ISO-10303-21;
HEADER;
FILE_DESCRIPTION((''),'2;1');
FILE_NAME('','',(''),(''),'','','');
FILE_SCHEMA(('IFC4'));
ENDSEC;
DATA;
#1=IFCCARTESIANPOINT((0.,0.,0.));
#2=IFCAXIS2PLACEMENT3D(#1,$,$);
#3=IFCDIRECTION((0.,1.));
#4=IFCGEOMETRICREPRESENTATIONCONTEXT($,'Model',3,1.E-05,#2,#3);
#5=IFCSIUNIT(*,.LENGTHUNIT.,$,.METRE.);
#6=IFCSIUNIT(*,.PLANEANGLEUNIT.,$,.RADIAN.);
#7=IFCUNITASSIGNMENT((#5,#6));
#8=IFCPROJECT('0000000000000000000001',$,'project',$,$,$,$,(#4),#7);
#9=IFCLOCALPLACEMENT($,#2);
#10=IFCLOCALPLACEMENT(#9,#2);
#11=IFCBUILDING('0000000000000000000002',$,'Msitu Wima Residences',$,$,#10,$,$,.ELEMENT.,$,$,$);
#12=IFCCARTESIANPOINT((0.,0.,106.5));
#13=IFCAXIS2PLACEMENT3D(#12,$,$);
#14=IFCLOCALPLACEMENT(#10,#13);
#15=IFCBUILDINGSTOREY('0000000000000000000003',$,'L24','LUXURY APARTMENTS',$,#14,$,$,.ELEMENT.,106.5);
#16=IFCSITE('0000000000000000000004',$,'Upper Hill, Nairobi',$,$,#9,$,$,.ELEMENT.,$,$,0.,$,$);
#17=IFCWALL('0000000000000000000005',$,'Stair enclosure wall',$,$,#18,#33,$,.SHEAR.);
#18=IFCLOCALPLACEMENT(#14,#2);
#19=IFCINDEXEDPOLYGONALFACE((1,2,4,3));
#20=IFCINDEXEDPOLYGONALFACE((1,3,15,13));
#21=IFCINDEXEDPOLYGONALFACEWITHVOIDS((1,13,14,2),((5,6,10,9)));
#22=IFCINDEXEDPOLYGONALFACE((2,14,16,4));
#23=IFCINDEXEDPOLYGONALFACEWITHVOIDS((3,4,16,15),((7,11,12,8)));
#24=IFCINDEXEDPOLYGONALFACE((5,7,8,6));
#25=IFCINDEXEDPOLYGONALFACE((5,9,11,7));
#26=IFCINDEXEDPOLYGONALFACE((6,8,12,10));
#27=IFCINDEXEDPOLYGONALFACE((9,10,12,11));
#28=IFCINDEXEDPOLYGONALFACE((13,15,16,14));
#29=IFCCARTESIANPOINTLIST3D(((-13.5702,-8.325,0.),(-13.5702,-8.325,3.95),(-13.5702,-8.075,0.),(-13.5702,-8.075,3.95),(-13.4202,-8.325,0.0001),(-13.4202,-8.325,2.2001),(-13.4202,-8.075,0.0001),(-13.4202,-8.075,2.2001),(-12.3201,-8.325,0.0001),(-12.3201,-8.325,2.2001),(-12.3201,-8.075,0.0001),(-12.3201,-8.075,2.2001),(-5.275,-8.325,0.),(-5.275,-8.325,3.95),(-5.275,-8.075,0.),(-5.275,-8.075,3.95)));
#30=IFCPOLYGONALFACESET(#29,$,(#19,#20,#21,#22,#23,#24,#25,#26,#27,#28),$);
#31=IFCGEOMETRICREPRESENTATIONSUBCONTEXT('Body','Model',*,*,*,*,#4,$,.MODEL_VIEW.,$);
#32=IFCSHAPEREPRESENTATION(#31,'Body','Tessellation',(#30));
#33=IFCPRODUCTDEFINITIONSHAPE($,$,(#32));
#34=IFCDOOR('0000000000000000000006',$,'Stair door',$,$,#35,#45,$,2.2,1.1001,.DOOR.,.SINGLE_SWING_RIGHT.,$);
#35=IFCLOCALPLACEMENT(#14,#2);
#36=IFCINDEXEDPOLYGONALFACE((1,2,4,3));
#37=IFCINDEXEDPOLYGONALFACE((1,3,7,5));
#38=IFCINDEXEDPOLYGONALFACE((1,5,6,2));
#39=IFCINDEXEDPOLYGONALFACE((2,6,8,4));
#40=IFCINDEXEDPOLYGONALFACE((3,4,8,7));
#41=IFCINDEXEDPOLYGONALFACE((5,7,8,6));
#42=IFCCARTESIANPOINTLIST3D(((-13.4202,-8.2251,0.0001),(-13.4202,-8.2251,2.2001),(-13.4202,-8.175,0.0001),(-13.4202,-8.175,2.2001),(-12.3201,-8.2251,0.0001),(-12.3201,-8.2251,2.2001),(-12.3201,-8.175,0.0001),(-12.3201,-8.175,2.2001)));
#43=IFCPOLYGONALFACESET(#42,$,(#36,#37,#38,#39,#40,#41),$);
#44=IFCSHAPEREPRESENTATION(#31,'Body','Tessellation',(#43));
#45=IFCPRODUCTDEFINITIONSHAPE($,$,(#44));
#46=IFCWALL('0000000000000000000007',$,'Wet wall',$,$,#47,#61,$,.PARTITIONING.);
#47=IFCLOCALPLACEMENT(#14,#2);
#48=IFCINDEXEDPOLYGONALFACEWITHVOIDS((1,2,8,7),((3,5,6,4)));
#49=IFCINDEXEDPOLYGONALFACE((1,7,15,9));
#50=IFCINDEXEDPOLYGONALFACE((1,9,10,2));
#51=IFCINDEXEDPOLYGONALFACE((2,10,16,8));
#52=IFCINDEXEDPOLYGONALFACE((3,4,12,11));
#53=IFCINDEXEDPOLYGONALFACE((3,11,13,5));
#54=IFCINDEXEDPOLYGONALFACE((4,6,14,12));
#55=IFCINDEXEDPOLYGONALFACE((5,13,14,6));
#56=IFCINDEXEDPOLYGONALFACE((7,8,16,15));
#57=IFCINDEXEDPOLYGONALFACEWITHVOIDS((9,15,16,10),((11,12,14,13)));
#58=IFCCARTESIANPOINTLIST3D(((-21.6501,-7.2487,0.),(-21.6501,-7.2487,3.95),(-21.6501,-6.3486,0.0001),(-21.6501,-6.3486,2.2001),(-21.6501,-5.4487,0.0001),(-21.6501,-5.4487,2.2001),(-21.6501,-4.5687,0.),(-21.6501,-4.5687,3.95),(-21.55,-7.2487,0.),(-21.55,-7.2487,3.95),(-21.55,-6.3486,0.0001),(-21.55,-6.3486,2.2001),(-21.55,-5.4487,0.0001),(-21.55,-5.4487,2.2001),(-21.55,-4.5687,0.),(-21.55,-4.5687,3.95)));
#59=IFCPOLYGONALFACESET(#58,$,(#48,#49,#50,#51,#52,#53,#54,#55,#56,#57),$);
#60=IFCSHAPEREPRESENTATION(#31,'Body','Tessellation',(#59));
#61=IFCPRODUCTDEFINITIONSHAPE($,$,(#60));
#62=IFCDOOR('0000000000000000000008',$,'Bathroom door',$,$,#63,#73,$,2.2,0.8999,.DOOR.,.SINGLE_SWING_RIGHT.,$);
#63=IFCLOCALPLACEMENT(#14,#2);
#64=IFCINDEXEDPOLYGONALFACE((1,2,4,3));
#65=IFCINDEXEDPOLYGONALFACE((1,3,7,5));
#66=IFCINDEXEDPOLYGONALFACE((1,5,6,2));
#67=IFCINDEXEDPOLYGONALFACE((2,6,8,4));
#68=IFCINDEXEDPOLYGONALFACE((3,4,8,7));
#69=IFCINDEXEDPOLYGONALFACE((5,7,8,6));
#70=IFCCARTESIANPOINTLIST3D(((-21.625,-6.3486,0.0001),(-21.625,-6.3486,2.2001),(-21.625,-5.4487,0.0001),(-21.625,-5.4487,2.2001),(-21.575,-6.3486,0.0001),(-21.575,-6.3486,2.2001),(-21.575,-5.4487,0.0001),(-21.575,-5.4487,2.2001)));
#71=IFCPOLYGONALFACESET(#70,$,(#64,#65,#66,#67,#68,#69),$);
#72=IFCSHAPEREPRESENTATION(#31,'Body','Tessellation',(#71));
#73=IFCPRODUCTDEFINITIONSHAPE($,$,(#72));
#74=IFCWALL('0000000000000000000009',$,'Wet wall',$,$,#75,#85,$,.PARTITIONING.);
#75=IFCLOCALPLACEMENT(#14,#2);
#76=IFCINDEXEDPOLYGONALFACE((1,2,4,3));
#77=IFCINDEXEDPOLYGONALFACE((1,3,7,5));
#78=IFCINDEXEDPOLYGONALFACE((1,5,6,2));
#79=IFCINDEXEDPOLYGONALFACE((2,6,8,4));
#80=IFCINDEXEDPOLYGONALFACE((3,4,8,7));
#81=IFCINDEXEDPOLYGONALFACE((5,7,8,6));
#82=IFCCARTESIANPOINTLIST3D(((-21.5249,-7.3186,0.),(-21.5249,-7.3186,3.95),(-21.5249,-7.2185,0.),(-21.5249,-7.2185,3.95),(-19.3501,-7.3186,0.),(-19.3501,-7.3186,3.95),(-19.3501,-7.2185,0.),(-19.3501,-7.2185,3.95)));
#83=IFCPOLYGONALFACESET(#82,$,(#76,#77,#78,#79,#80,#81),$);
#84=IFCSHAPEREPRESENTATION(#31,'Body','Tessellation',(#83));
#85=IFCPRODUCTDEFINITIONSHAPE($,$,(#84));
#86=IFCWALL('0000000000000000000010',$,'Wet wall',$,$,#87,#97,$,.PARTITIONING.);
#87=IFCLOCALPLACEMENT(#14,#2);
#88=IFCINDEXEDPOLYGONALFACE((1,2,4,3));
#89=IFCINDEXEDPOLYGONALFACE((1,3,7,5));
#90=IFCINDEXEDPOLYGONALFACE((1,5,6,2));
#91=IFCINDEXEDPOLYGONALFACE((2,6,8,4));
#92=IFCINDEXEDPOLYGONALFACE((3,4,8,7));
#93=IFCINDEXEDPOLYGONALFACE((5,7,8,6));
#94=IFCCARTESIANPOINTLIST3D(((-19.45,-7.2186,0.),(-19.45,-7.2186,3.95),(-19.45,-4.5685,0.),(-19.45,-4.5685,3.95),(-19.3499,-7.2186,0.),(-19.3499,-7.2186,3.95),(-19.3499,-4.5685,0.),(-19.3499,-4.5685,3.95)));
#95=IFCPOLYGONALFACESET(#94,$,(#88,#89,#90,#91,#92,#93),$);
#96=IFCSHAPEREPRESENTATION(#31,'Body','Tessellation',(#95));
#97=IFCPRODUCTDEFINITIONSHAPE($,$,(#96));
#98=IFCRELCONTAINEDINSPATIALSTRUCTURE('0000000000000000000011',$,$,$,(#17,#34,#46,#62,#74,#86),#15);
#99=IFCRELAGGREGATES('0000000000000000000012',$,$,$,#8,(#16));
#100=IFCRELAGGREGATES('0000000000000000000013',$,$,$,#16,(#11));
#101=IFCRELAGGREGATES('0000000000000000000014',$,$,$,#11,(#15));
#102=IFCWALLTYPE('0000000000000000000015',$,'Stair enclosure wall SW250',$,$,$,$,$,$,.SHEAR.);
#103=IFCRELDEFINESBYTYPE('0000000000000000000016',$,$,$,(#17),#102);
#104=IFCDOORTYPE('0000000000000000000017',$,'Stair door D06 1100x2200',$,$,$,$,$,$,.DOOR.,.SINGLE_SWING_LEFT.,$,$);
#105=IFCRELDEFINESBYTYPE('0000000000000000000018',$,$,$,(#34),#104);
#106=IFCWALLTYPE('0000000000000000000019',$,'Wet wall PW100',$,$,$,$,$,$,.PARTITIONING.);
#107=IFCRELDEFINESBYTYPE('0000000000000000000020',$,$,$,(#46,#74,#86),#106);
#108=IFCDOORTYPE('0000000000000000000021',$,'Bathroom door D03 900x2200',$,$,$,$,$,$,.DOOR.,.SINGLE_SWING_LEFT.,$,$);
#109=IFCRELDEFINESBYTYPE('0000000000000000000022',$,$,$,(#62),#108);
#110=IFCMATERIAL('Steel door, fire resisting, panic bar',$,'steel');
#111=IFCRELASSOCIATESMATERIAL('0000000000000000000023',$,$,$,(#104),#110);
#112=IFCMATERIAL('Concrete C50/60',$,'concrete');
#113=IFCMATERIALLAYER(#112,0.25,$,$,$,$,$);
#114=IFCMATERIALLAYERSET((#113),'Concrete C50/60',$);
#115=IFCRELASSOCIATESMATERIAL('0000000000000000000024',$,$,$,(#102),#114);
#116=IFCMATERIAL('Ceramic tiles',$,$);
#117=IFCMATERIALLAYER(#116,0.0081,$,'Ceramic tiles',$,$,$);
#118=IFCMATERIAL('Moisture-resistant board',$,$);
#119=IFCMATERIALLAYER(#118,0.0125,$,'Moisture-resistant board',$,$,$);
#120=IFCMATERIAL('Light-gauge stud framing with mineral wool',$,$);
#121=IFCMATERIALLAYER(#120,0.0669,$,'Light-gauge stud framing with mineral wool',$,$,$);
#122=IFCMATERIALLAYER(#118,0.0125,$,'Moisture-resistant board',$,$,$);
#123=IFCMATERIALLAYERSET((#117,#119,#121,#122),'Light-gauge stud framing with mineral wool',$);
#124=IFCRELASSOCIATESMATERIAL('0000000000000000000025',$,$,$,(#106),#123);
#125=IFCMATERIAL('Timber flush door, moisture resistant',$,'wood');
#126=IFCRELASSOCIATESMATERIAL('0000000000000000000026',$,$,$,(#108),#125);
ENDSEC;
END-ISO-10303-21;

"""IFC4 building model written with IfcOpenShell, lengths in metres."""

from ifc_helpers import new_model, si_unit, direction, frame, frame_2d, origin, place, context, subcontext, project, spatial, rectangle, extrude, material, layer, layer_set, type_object, element, fill, save


model = new_model("IFC4")

# Units and contexts
model_context = context("Model", 3, precision=1e-05, world=origin(), true_north=direction((0.0, 1.0)))
body_context = subcontext(model_context, "Body", "Model", "MODEL_VIEW")
ifc_project = project(units=[si_unit("LENGTHUNIT", "METRE"), si_unit("PLANEANGLEUNIT", "RADIAN")], contexts=[model_context])

# Site, building, storey
site_placement = place(None, origin())
site = spatial("IfcSite", under=ifc_project, at=site_placement, Name="Upper Hill, Nairobi", CompositionType="ELEMENT", RefElevation=0.0)
building_placement = place(site_placement, origin())
building = spatial("IfcBuilding", under=site, at=building_placement, Name="Msitu Wima Residences", CompositionType="ELEMENT")
storey_placement = place(building_placement, frame((0.0, 0.0, 106.5)))
storey = spatial("IfcBuildingStorey", under=building, at=storey_placement, Name="L24", Description="LUXURY APARTMENTS", CompositionType="ELEMENT", Elevation=106.5)

# Shared definitions
ifc_material_1 = material(Name="Steel door, fire resisting, panic bar", Category="steel")
door_type_1 = type_object("IfcDoorType", Name="Stair door D06 1100x2200", OperationType="SINGLE_SWING_LEFT", PredefinedType="DOOR", material=ifc_material_1)

# Shared definitions
ifc_material_2 = material(Name="Light-gauge stud framing with mineral wool")

# Walls, openings, doors
ifc_material_3 = material(Name="Concrete C50/60", Category="concrete")
ifc_layer_1 = layer(ifc_material_3, 0.25)
ifc_layer_set_1 = layer_set([ifc_layer_1], Name="Concrete C50/60")
wall_type_1 = type_object("IfcWallType", Name="Stair enclosure wall SW250", PredefinedType="SHEAR", material=ifc_layer_set_1)
wall_1_placement = place(storey_placement, frame((-13.5701, -8.2, 0.0), z_axis=(0.0, 0.0, 1.0), x_axis=(1.0, 0.0, 0.0)))
wall_1 = element("IfcWall", 1, at=wall_1_placement, inside=storey, type_object=wall_type_1, Name="Stair enclosure wall", PredefinedType="SHEAR", context=body_context, shape_type="SweptSolid", body=[
    extrude(rectangle(XDim=8.2952, YDim=0.25, at=frame_2d((4.1475, 0.0))), origin(), (0.0, 0.0, 1.0), 3.95),
])
opening_1_placement = place(wall_1_placement, frame((0.1499, 0.0, 0.0)))
opening_1 = element("IfcOpeningElement", 2, at=opening_1_placement, cuts=wall_1, PredefinedType="OPENING", context=body_context, shape_type="SweptSolid", body=[
    extrude(rectangle(XDim=1.1001, YDim=2.2, at=frame_2d((0.55, 1.1001))), frame((0.0, 0.135, 0.0), z_axis=(0.0, -1.0, 0.0), x_axis=(1.0, 0.0, 0.0)), (0.0, 0.0, 1.0), 0.27),
])
door_1_placement = place(opening_1_placement, origin())
door_1 = element("IfcDoor", 3, at=door_1_placement, inside=storey, type_object=door_type_1, Name="Stair door", OperationType="SINGLE_SWING_RIGHT", OverallHeight=2.2, OverallWidth=1.1001, PredefinedType="DOOR", context=body_context, shape_type="SweptSolid", body=[
    extrude(rectangle(XDim=1.1001, YDim=2.2, at=frame_2d((0.55, 1.1001))), frame((0.0, 0.0249, 0.0), z_axis=(0.0, -1.0, 0.0), x_axis=(1.0, 0.0, 0.0)), (0.0, 0.0, 1.0), 0.05),
])
fill(opening_1, door_1)
ifc_material_4 = material(Name="Ceramic tiles")
ifc_layer_2 = layer(ifc_material_4, 0.0081, Name="Ceramic tiles")
ifc_material_5 = material(Name="Moisture-resistant board")
ifc_layer_3 = layer(ifc_material_5, 0.0125, Name="Moisture-resistant board")
ifc_layer_4 = layer(ifc_material_2, 0.0669, Name="Light-gauge stud framing with mineral wool")
ifc_layer_5 = layer(ifc_material_5, 0.0125, Name="Moisture-resistant board")
ifc_layer_set_2 = layer_set([ifc_layer_2, ifc_layer_3, ifc_layer_4, ifc_layer_5], Name="Light-gauge stud framing with mineral wool")
wall_type_2 = type_object("IfcWallType", Name="Wet wall PW100", PredefinedType="PARTITIONING", material=ifc_layer_set_2)
wall_2_placement = place(storey_placement, frame((-21.6001, -7.2485, 0.0), z_axis=(0.0, 0.0, 1.0), x_axis=(0.0, 1.0, 0.0)))
wall_2 = element("IfcWall", 4, at=wall_2_placement, inside=storey, type_object=wall_type_2, Name="Wet wall", PredefinedType="PARTITIONING", context=body_context, shape_type="SweptSolid", body=[
    extrude(rectangle(XDim=2.6799, YDim=0.1001, at=frame_2d((1.3398, 0.0))), origin(), (0.0, 0.0, 1.0), 3.95),
])
opening_2_placement = place(wall_2_placement, frame((0.8999, 0.0, 0.0)))
opening_2 = element("IfcOpeningElement", 5, at=opening_2_placement, cuts=wall_2, PredefinedType="OPENING", context=body_context, shape_type="SweptSolid", body=[
    extrude(rectangle(XDim=0.8999, YDim=2.2, at=frame_2d((0.45, 1.1001))), frame((0.0, 0.0601, 0.0), z_axis=(0.0, -1.0, 0.0), x_axis=(1.0, 0.0, 0.0)), (0.0, 0.0, 1.0), 0.1201),
])
ifc_material_6 = material(Name="Timber flush door, moisture resistant", Category="wood")
door_type_2 = type_object("IfcDoorType", Name="Bathroom door D03 900x2200", OperationType="SINGLE_SWING_LEFT", PredefinedType="DOOR", material=ifc_material_6)
door_2_placement = place(opening_2_placement, origin())
door_2 = element("IfcDoor", 6, at=door_2_placement, inside=storey, type_object=door_type_2, Name="Bathroom door", OperationType="SINGLE_SWING_RIGHT", OverallHeight=2.2, OverallWidth=0.8999, PredefinedType="DOOR", context=body_context, shape_type="SweptSolid", body=[
    extrude(rectangle(XDim=0.8999, YDim=2.2, at=frame_2d((0.45, 1.1001))), frame((0.0, 0.0249, 0.0), z_axis=(0.0, -1.0, 0.0), x_axis=(1.0, 0.0, 0.0)), (0.0, 0.0, 1.0), 0.05),
])
fill(opening_2, door_2)

# Walls
wall_3_placement = place(storey_placement, frame((-21.5249, -7.2686, 0.0), z_axis=(0.0, 0.0, 1.0), x_axis=(1.0, 0.0, 0.0)))
element("IfcWall", 7, at=wall_3_placement, inside=storey, type_object=wall_type_2, Name="Wet wall", PredefinedType="PARTITIONING", context=body_context, shape_type="SweptSolid", body=[
    extrude(rectangle(XDim=2.1748, YDim=0.1001, at=frame_2d((1.0874, 0.0))), origin(), (0.0, 0.0, 1.0), 3.95),
])
wall_4_placement = place(storey_placement, frame((-19.3999, -7.2188, 0.0), z_axis=(0.0, 0.0, 1.0), x_axis=(0.0, 1.0, 0.0)))
element("IfcWall", 8, at=wall_4_placement, inside=storey, type_object=wall_type_2, Name="Wet wall", PredefinedType="PARTITIONING", context=body_context, shape_type="SweptSolid", body=[
    extrude(rectangle(XDim=2.6501, YDim=0.1001, at=frame_2d((1.3252, 0.0))), origin(), (0.0, 0.0, 1.0), 3.95),
])

save(model, "model.ifc")
